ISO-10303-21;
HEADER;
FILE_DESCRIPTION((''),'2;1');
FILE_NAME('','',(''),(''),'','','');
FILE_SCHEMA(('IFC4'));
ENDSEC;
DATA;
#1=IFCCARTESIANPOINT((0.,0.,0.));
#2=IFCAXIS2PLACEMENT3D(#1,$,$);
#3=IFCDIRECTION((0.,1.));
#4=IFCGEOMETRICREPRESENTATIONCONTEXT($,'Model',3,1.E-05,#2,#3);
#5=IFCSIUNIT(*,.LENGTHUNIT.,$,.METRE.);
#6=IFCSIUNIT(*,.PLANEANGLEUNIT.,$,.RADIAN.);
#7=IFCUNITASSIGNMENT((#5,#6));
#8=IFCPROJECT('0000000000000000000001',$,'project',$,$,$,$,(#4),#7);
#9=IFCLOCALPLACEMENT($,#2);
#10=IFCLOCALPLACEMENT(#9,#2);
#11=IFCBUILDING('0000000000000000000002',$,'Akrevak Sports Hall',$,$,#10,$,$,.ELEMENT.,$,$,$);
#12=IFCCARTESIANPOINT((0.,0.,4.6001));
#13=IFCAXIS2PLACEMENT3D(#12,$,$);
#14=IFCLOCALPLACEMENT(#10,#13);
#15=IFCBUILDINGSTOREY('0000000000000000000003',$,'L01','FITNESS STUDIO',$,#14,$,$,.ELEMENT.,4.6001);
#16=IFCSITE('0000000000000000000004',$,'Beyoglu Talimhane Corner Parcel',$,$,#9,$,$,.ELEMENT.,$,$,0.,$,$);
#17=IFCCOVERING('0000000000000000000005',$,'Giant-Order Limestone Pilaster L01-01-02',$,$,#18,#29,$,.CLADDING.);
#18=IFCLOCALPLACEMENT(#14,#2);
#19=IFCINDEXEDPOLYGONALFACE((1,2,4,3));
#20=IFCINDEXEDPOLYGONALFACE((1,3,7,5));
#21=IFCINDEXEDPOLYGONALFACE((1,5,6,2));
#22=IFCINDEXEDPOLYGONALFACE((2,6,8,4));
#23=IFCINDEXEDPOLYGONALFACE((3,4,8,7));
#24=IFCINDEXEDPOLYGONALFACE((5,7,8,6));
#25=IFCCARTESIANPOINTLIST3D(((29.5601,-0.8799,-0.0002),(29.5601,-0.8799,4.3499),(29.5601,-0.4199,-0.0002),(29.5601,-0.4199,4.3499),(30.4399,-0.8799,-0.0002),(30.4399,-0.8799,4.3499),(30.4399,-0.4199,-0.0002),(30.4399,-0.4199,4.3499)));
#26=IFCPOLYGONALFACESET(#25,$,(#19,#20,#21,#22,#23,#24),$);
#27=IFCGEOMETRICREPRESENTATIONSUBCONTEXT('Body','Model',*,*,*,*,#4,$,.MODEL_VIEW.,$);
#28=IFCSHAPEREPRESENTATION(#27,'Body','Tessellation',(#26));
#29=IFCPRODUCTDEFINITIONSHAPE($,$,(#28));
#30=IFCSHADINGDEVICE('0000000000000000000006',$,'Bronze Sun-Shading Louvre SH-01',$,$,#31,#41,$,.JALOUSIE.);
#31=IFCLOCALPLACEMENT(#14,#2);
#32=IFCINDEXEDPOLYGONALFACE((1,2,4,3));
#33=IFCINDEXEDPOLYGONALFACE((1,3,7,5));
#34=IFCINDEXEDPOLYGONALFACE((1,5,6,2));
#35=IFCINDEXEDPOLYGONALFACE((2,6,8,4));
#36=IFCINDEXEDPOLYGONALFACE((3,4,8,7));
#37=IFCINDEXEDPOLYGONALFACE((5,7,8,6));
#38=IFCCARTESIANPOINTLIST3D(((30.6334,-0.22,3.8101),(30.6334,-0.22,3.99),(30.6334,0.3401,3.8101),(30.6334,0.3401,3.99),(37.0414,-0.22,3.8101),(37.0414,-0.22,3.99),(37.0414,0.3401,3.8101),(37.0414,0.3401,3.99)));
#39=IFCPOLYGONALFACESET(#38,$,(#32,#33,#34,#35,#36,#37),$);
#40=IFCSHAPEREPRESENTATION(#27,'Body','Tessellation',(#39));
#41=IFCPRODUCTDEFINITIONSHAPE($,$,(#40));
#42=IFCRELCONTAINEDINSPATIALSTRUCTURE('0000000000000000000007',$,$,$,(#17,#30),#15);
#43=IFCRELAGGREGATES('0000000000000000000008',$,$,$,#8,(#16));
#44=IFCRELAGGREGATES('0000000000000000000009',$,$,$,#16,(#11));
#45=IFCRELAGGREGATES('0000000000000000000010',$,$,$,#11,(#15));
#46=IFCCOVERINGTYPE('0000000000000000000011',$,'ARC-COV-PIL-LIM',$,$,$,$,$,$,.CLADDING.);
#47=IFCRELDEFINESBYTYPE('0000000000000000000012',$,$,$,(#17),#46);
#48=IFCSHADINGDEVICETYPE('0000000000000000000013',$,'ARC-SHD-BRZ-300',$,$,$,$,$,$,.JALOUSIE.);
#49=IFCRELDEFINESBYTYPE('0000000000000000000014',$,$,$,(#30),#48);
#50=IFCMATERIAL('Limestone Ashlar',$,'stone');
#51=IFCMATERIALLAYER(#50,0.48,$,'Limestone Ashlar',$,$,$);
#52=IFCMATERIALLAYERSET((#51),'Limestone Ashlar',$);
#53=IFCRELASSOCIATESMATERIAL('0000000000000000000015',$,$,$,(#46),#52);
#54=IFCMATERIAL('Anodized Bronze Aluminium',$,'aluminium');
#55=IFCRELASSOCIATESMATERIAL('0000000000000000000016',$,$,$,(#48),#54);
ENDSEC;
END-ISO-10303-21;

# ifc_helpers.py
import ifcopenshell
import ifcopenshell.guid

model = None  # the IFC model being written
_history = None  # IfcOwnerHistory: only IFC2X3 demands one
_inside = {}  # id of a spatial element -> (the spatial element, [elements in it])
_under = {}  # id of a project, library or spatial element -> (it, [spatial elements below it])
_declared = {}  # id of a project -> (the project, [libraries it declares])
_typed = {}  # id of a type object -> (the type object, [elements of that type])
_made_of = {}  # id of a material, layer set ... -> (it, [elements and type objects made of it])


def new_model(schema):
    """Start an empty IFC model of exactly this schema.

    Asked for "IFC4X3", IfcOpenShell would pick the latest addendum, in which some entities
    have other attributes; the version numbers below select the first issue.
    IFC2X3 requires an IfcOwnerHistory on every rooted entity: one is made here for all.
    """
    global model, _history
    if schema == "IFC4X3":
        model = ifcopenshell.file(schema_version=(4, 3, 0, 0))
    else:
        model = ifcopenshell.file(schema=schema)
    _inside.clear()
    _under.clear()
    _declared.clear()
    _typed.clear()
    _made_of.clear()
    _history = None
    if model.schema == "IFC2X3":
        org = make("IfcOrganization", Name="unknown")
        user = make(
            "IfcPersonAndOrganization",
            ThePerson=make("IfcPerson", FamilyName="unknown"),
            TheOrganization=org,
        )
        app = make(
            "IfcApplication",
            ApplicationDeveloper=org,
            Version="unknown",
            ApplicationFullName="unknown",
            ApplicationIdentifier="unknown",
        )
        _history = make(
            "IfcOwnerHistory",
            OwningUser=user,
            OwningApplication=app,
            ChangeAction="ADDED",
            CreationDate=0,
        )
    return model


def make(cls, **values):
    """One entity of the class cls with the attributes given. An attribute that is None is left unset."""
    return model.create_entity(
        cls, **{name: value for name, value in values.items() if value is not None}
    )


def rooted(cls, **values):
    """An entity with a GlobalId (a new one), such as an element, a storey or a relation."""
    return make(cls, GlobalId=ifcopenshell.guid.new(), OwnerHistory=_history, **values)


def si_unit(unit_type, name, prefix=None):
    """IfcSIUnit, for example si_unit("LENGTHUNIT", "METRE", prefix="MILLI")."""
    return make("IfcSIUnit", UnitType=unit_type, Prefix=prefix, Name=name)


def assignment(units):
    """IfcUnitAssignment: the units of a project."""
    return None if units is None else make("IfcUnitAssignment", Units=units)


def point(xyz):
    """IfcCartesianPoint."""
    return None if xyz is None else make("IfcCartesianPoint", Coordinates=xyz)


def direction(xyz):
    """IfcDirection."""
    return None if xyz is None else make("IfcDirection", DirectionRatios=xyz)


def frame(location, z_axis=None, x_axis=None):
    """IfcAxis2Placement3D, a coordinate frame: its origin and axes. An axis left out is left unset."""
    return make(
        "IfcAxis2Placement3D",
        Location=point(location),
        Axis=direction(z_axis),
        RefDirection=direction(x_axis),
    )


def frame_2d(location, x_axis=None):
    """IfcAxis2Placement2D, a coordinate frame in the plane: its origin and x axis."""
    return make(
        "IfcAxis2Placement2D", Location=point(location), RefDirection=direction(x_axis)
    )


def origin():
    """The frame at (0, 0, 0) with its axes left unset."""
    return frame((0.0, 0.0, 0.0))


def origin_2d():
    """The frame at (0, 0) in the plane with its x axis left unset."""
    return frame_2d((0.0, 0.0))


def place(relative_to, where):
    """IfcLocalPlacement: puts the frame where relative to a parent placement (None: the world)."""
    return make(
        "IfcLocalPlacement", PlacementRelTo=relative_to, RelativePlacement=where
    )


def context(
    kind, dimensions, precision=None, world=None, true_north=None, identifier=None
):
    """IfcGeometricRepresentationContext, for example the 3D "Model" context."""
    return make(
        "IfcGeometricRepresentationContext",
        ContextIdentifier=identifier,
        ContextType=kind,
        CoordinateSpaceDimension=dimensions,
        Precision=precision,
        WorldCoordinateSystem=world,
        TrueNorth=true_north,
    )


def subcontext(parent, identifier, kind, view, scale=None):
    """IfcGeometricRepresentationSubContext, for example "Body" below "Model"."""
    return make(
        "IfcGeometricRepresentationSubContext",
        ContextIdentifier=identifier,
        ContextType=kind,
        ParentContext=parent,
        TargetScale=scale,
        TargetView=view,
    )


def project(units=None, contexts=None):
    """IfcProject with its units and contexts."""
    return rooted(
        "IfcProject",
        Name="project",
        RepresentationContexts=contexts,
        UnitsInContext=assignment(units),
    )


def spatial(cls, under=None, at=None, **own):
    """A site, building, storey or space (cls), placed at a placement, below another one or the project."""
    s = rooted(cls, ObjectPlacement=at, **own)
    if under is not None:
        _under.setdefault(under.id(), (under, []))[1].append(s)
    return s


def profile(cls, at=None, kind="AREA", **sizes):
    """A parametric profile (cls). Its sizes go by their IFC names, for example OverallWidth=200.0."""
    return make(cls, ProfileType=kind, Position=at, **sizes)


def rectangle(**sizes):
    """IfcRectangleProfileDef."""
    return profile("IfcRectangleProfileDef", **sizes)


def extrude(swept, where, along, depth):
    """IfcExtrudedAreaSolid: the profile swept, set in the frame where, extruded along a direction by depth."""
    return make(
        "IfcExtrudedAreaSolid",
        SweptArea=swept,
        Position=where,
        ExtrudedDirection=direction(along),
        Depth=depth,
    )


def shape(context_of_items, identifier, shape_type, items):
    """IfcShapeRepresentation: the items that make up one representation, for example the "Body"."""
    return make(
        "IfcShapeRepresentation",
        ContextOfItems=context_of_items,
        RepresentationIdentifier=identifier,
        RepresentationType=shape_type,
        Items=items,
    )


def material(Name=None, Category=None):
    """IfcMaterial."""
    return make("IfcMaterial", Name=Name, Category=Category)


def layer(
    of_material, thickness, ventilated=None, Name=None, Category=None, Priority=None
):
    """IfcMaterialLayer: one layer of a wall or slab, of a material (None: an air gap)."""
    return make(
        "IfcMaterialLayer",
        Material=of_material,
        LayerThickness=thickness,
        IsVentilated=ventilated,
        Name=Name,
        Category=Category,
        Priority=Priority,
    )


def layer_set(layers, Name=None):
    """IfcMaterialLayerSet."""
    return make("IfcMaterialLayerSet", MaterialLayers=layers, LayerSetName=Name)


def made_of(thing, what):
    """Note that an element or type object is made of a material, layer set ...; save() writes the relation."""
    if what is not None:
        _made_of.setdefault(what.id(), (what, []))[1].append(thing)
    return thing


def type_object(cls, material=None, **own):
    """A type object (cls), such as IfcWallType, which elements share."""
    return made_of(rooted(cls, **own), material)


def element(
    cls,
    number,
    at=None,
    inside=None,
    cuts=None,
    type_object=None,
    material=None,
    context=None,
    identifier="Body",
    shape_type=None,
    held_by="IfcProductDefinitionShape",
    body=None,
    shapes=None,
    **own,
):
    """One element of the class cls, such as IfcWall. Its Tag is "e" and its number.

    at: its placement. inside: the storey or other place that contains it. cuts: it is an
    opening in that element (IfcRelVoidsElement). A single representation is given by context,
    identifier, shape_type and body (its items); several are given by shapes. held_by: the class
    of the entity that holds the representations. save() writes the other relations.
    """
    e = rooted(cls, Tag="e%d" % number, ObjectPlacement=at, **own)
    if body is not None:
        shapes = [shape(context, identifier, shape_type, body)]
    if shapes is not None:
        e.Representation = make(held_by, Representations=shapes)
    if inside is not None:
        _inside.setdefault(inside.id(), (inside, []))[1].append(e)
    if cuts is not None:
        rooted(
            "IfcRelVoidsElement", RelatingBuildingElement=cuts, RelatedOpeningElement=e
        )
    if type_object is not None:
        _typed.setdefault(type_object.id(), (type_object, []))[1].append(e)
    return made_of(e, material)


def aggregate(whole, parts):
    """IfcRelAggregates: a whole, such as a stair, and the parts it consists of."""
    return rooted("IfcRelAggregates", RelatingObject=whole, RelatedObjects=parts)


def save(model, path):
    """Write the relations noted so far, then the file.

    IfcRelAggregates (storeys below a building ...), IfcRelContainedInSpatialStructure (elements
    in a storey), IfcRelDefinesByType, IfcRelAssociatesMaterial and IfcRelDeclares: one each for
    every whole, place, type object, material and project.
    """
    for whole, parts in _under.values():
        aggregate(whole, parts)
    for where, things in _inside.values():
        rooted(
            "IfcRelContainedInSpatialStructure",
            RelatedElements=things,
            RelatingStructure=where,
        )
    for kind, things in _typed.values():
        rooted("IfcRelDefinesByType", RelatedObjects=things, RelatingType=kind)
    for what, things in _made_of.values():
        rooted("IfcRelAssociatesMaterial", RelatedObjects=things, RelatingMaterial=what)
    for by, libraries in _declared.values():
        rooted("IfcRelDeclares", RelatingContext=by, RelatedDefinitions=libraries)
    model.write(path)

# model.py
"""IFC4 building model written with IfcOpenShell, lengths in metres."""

from ifc_helpers import new_model, si_unit, direction, frame, origin, origin_2d, place, context, subcontext, project, spatial, rectangle, extrude, material, layer, layer_set, type_object, element, save


model = new_model("IFC4")

# Units and contexts
model_context = context("Model", 3, precision=1e-05, world=origin(), true_north=direction((0.0, 1.0)))
body_context = subcontext(model_context, "Body", "Model", "MODEL_VIEW")
ifc_project = project(units=[si_unit("LENGTHUNIT", "METRE"), si_unit("PLANEANGLEUNIT", "RADIAN")], contexts=[model_context])

# Site, building, storey
site_placement = place(None, origin())
site = spatial("IfcSite", under=ifc_project, at=site_placement, Name="Beyoglu Talimhane Corner Parcel", CompositionType="ELEMENT", RefElevation=0.0)
building_placement = place(site_placement, origin())
building = spatial("IfcBuilding", under=site, at=building_placement, Name="Akrevak Sports Hall", CompositionType="ELEMENT")
storey_placement = place(building_placement, frame((0.0, 0.0, 4.6001)))
storey = spatial("IfcBuildingStorey", under=building, at=storey_placement, Name="L01", Description="FITNESS STUDIO", CompositionType="ELEMENT", Elevation=4.6001)

# Shared definitions
ifc_material_1 = material(Name="Anodized Bronze Aluminium", Category="aluminium")

# Shared definitions
ifc_material_2 = material(Name="Limestone Ashlar", Category="stone")

# Covering
ifc_layer_1 = layer(ifc_material_2, 0.48, Name="Limestone Ashlar")
ifc_layer_set_1 = layer_set([ifc_layer_1], Name="Limestone Ashlar")
covering_type_1 = type_object("IfcCoveringType", Name="ARC-COV-PIL-LIM", PredefinedType="CLADDING", material=ifc_layer_set_1)
covering_1_placement = place(storey_placement, frame((30.0, -0.6499, -0.0002), z_axis=(0.0, 0.0, 1.0), x_axis=(1.0, 0.0, 0.0)))
element("IfcCovering", 1, at=covering_1_placement, inside=storey, type_object=covering_type_1, Name="Giant-Order Limestone Pilaster L01-01-02", PredefinedType="CLADDING", context=body_context, shape_type="SweptSolid", body=[
    extrude(rectangle(XDim=0.8799, YDim=0.46, at=origin_2d()), origin(), (0.0, 0.0, 1.0), 4.3501),
])

# Shading device
shading_device_type = type_object("IfcShadingDeviceType", Name="ARC-SHD-BRZ-300", PredefinedType="JALOUSIE", material=ifc_material_1)
shading_device_placement = place(storey_placement, frame((33.8374, 0.0601, 3.8101), z_axis=(0.0, 0.0, 1.0), x_axis=(1.0, 0.0, 0.0)))
element("IfcShadingDevice", 2, at=shading_device_placement, inside=storey, type_object=shading_device_type, Name="Bronze Sun-Shading Louvre SH-01", PredefinedType="JALOUSIE", context=body_context, shape_type="SweptSolid", body=[
    extrude(rectangle(XDim=6.408, YDim=0.5601, at=origin_2d()), origin(), (0.0, 0.0, 1.0), 0.1799),
])

save(model, "model.ifc")
